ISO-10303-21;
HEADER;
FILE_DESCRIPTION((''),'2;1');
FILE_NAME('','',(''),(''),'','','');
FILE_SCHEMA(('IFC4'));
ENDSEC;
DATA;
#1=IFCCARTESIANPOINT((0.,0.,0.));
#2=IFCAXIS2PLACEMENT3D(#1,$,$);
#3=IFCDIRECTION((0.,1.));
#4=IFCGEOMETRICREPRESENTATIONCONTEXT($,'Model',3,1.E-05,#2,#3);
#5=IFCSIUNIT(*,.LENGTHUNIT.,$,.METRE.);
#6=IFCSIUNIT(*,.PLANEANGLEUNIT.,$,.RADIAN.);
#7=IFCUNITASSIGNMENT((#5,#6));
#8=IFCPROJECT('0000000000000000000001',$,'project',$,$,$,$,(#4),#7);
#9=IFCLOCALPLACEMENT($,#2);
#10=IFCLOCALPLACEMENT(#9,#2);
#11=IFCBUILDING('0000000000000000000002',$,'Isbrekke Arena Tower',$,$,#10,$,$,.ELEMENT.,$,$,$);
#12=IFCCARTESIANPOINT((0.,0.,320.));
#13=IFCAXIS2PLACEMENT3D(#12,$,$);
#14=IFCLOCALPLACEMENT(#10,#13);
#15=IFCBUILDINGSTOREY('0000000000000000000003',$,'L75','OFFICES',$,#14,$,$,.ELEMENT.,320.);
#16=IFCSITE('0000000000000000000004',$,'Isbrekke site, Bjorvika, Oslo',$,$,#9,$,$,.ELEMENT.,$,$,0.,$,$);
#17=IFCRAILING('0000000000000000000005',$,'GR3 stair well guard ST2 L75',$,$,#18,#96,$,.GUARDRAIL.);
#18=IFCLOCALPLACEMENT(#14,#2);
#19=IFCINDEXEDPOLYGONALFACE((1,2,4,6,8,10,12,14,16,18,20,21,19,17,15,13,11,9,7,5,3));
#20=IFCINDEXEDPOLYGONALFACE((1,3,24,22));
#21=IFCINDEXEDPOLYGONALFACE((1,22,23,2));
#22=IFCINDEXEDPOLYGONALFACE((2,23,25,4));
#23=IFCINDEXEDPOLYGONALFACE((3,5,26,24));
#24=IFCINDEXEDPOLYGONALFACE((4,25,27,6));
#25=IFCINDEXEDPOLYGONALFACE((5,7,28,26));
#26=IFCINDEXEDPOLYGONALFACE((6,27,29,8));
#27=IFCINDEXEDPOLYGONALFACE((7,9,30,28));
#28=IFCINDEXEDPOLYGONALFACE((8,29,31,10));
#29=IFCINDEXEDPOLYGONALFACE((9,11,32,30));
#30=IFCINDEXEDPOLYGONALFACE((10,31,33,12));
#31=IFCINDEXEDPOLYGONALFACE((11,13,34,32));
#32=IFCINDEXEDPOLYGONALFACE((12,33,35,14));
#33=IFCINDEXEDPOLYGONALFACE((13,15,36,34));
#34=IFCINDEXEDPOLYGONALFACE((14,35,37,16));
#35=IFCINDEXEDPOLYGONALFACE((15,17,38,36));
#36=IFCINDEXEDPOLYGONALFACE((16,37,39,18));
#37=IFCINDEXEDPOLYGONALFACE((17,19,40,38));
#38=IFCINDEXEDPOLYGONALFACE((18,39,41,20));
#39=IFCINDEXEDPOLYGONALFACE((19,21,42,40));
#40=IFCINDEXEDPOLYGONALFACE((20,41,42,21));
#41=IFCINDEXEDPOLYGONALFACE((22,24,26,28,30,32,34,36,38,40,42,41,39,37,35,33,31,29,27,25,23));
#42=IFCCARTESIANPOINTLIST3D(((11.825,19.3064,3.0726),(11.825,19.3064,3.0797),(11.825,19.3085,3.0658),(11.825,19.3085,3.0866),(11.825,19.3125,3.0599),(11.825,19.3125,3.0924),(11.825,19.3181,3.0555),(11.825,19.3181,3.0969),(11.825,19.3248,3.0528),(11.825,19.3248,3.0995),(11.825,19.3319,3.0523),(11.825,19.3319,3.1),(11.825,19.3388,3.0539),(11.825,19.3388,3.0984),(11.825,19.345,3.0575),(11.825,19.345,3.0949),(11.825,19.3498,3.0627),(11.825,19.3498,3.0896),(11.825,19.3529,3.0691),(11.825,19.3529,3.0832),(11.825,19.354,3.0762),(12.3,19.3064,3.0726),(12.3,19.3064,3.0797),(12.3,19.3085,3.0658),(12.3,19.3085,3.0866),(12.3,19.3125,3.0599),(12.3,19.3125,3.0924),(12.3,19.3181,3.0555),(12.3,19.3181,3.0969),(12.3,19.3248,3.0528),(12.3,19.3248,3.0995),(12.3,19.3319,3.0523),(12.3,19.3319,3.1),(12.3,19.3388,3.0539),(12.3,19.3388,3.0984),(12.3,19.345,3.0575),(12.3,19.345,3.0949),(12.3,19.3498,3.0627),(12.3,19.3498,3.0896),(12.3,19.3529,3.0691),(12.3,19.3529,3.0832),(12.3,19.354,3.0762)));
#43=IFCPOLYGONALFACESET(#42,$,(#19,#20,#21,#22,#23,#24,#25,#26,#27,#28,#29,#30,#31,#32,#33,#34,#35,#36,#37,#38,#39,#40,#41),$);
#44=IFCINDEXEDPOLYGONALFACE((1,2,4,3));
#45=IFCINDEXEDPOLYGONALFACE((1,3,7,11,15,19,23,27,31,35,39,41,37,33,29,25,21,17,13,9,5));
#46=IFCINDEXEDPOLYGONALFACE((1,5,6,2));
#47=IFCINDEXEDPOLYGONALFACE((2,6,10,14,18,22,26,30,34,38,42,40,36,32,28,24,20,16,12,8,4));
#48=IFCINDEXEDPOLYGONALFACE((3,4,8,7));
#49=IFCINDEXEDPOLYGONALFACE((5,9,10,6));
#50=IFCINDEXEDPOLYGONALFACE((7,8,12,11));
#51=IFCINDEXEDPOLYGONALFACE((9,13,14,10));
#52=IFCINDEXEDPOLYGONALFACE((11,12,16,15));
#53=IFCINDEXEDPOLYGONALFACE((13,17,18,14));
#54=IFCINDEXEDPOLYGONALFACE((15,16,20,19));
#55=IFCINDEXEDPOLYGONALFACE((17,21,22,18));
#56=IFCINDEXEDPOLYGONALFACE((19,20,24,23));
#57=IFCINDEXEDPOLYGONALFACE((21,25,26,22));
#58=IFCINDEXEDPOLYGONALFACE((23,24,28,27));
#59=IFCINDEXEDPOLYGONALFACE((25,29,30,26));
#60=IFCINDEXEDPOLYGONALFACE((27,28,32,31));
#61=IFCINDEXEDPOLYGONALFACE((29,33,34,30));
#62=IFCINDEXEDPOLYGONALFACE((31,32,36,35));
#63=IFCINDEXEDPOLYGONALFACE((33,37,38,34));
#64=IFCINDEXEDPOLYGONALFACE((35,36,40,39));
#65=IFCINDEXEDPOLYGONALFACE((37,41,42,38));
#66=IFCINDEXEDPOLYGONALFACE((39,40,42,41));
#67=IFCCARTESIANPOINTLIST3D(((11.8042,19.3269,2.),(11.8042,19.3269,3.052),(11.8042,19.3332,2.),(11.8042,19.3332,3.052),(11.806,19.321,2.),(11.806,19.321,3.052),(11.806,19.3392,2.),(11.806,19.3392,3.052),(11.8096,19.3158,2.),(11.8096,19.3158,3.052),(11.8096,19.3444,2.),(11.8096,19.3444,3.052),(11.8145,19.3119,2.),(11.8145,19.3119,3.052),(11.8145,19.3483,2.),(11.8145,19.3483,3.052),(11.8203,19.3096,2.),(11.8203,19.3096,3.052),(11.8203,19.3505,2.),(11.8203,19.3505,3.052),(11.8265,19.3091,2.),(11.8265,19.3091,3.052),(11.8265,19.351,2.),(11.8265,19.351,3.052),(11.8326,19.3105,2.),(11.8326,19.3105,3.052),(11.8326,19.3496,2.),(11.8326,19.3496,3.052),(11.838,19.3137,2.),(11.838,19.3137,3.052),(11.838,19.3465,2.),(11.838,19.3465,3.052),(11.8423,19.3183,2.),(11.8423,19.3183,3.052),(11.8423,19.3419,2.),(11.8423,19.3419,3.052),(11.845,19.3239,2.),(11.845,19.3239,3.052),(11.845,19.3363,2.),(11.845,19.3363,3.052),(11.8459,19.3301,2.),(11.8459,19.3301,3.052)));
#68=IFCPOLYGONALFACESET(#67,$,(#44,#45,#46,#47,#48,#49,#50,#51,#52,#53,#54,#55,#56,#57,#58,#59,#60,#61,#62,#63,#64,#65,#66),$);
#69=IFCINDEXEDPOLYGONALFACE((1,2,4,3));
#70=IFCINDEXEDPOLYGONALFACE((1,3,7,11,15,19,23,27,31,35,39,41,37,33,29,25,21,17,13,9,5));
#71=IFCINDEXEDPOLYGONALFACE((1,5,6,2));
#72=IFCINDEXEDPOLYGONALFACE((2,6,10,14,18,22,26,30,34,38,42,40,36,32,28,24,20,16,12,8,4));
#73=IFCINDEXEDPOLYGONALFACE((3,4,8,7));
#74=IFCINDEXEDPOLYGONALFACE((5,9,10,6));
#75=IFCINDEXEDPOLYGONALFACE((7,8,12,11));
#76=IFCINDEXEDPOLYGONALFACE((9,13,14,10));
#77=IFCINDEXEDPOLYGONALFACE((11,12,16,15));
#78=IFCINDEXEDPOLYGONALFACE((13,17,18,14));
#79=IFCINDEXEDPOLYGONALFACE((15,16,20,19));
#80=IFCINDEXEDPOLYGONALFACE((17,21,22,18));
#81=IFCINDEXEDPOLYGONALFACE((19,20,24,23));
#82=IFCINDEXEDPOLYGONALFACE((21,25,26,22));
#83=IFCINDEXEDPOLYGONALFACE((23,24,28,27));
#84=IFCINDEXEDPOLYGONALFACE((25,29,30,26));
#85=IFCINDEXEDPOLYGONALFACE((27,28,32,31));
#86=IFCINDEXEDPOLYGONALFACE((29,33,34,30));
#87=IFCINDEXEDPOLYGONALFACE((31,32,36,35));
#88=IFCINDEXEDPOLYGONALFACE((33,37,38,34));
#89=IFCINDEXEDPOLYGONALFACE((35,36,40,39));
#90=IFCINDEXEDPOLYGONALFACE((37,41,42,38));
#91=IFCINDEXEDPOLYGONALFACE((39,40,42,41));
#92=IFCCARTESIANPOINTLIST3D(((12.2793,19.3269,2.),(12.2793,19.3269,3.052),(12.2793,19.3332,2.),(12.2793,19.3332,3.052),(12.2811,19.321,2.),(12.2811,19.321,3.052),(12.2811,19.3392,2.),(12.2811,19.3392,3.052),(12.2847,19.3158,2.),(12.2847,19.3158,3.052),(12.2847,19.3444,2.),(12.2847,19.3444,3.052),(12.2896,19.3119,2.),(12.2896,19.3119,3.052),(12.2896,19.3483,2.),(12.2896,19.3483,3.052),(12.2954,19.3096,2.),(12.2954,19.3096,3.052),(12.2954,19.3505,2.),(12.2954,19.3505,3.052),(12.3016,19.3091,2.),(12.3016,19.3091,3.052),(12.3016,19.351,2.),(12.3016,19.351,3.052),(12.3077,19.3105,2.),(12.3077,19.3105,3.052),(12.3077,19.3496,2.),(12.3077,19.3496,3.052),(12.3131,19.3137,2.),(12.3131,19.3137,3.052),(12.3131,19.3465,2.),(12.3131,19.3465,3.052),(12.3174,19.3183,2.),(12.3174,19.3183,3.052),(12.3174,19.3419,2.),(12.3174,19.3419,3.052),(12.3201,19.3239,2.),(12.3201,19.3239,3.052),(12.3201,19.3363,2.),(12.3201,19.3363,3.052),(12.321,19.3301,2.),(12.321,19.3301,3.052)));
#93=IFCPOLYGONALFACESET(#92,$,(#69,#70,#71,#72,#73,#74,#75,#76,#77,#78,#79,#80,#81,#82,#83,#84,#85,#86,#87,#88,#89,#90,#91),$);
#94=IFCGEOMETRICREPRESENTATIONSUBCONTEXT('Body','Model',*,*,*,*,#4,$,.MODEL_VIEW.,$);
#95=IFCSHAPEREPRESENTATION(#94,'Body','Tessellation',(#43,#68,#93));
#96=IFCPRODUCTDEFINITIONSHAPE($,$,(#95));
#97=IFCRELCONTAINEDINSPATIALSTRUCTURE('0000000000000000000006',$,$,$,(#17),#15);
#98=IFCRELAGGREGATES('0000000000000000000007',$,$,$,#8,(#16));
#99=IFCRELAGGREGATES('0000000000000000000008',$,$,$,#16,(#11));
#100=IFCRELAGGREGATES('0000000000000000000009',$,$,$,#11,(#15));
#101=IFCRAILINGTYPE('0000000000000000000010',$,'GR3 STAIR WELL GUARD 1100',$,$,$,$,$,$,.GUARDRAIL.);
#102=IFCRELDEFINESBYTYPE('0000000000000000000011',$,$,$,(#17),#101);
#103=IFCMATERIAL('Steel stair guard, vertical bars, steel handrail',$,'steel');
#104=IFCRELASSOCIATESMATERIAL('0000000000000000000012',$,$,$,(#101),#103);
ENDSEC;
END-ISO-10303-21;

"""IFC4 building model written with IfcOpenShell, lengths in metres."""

from ifc_helpers import new_model, si_unit, direction, frame, origin, origin_2d, place, context, subcontext, project, spatial, circle, extrude, material, type_object, element, save


model = new_model("IFC4")

# Units and contexts
model_context = context("Model", 3, precision=1e-05, world=origin(), true_north=direction((0.0, 1.0)))
body_context = subcontext(model_context, "Body", "Model", "MODEL_VIEW")
ifc_project = project(units=[si_unit("LENGTHUNIT", "METRE"), si_unit("PLANEANGLEUNIT", "RADIAN")], contexts=[model_context])

# Site, building, storey
site_placement = place(None, origin())
site = spatial("IfcSite", under=ifc_project, at=site_placement, Name="Isbrekke site, Bjorvika, Oslo", CompositionType="ELEMENT", RefElevation=0.0)
building_placement = place(site_placement, origin())
building = spatial("IfcBuilding", under=site, at=building_placement, Name="Isbrekke Arena Tower", CompositionType="ELEMENT")
storey_placement = place(building_placement, frame((0.0, 0.0, 320.0)))
storey = spatial("IfcBuildingStorey", under=building, at=storey_placement, Name="L75", Description="OFFICES", CompositionType="ELEMENT", Elevation=320.0)

# Railing
ifc_material_1 = material(Name="Steel stair guard, vertical bars, steel handrail", Category="steel")
railing_type = type_object("IfcRailingType", Name="GR3 STAIR WELL GUARD 1100", PredefinedType="GUARDRAIL", material=ifc_material_1)
for number, where, name in (
    (1, (11.825, 19.3301, 2.0), "GR3 stair well guard ST2 L75"),
):
    element("IfcRailing", number, at=place(storey_placement, frame(where)), inside=storey, type_object=railing_type, Name=name, PredefinedType="GUARDRAIL", context=body_context, shape_type="SweptSolid", body=[
        extrude(circle(Radius=0.0239, at=origin_2d()), frame((0.0, 0.0, 1.0762), z_axis=(1.0, 0.0, 0.0), x_axis=(0.0, 1.0, 0.0)), (0.0, 0.0, 1.0), 0.4751),
        extrude(circle(Radius=0.021, at=origin_2d()), origin(), (0.0, 0.0, 1.0), 1.052),
        extrude(circle(Radius=0.021, at=origin_2d()), frame((0.4751, 0.0, 0.0)), (0.0, 0.0, 1.0), 1.052),
    ])

save(model, "model.ifc")
